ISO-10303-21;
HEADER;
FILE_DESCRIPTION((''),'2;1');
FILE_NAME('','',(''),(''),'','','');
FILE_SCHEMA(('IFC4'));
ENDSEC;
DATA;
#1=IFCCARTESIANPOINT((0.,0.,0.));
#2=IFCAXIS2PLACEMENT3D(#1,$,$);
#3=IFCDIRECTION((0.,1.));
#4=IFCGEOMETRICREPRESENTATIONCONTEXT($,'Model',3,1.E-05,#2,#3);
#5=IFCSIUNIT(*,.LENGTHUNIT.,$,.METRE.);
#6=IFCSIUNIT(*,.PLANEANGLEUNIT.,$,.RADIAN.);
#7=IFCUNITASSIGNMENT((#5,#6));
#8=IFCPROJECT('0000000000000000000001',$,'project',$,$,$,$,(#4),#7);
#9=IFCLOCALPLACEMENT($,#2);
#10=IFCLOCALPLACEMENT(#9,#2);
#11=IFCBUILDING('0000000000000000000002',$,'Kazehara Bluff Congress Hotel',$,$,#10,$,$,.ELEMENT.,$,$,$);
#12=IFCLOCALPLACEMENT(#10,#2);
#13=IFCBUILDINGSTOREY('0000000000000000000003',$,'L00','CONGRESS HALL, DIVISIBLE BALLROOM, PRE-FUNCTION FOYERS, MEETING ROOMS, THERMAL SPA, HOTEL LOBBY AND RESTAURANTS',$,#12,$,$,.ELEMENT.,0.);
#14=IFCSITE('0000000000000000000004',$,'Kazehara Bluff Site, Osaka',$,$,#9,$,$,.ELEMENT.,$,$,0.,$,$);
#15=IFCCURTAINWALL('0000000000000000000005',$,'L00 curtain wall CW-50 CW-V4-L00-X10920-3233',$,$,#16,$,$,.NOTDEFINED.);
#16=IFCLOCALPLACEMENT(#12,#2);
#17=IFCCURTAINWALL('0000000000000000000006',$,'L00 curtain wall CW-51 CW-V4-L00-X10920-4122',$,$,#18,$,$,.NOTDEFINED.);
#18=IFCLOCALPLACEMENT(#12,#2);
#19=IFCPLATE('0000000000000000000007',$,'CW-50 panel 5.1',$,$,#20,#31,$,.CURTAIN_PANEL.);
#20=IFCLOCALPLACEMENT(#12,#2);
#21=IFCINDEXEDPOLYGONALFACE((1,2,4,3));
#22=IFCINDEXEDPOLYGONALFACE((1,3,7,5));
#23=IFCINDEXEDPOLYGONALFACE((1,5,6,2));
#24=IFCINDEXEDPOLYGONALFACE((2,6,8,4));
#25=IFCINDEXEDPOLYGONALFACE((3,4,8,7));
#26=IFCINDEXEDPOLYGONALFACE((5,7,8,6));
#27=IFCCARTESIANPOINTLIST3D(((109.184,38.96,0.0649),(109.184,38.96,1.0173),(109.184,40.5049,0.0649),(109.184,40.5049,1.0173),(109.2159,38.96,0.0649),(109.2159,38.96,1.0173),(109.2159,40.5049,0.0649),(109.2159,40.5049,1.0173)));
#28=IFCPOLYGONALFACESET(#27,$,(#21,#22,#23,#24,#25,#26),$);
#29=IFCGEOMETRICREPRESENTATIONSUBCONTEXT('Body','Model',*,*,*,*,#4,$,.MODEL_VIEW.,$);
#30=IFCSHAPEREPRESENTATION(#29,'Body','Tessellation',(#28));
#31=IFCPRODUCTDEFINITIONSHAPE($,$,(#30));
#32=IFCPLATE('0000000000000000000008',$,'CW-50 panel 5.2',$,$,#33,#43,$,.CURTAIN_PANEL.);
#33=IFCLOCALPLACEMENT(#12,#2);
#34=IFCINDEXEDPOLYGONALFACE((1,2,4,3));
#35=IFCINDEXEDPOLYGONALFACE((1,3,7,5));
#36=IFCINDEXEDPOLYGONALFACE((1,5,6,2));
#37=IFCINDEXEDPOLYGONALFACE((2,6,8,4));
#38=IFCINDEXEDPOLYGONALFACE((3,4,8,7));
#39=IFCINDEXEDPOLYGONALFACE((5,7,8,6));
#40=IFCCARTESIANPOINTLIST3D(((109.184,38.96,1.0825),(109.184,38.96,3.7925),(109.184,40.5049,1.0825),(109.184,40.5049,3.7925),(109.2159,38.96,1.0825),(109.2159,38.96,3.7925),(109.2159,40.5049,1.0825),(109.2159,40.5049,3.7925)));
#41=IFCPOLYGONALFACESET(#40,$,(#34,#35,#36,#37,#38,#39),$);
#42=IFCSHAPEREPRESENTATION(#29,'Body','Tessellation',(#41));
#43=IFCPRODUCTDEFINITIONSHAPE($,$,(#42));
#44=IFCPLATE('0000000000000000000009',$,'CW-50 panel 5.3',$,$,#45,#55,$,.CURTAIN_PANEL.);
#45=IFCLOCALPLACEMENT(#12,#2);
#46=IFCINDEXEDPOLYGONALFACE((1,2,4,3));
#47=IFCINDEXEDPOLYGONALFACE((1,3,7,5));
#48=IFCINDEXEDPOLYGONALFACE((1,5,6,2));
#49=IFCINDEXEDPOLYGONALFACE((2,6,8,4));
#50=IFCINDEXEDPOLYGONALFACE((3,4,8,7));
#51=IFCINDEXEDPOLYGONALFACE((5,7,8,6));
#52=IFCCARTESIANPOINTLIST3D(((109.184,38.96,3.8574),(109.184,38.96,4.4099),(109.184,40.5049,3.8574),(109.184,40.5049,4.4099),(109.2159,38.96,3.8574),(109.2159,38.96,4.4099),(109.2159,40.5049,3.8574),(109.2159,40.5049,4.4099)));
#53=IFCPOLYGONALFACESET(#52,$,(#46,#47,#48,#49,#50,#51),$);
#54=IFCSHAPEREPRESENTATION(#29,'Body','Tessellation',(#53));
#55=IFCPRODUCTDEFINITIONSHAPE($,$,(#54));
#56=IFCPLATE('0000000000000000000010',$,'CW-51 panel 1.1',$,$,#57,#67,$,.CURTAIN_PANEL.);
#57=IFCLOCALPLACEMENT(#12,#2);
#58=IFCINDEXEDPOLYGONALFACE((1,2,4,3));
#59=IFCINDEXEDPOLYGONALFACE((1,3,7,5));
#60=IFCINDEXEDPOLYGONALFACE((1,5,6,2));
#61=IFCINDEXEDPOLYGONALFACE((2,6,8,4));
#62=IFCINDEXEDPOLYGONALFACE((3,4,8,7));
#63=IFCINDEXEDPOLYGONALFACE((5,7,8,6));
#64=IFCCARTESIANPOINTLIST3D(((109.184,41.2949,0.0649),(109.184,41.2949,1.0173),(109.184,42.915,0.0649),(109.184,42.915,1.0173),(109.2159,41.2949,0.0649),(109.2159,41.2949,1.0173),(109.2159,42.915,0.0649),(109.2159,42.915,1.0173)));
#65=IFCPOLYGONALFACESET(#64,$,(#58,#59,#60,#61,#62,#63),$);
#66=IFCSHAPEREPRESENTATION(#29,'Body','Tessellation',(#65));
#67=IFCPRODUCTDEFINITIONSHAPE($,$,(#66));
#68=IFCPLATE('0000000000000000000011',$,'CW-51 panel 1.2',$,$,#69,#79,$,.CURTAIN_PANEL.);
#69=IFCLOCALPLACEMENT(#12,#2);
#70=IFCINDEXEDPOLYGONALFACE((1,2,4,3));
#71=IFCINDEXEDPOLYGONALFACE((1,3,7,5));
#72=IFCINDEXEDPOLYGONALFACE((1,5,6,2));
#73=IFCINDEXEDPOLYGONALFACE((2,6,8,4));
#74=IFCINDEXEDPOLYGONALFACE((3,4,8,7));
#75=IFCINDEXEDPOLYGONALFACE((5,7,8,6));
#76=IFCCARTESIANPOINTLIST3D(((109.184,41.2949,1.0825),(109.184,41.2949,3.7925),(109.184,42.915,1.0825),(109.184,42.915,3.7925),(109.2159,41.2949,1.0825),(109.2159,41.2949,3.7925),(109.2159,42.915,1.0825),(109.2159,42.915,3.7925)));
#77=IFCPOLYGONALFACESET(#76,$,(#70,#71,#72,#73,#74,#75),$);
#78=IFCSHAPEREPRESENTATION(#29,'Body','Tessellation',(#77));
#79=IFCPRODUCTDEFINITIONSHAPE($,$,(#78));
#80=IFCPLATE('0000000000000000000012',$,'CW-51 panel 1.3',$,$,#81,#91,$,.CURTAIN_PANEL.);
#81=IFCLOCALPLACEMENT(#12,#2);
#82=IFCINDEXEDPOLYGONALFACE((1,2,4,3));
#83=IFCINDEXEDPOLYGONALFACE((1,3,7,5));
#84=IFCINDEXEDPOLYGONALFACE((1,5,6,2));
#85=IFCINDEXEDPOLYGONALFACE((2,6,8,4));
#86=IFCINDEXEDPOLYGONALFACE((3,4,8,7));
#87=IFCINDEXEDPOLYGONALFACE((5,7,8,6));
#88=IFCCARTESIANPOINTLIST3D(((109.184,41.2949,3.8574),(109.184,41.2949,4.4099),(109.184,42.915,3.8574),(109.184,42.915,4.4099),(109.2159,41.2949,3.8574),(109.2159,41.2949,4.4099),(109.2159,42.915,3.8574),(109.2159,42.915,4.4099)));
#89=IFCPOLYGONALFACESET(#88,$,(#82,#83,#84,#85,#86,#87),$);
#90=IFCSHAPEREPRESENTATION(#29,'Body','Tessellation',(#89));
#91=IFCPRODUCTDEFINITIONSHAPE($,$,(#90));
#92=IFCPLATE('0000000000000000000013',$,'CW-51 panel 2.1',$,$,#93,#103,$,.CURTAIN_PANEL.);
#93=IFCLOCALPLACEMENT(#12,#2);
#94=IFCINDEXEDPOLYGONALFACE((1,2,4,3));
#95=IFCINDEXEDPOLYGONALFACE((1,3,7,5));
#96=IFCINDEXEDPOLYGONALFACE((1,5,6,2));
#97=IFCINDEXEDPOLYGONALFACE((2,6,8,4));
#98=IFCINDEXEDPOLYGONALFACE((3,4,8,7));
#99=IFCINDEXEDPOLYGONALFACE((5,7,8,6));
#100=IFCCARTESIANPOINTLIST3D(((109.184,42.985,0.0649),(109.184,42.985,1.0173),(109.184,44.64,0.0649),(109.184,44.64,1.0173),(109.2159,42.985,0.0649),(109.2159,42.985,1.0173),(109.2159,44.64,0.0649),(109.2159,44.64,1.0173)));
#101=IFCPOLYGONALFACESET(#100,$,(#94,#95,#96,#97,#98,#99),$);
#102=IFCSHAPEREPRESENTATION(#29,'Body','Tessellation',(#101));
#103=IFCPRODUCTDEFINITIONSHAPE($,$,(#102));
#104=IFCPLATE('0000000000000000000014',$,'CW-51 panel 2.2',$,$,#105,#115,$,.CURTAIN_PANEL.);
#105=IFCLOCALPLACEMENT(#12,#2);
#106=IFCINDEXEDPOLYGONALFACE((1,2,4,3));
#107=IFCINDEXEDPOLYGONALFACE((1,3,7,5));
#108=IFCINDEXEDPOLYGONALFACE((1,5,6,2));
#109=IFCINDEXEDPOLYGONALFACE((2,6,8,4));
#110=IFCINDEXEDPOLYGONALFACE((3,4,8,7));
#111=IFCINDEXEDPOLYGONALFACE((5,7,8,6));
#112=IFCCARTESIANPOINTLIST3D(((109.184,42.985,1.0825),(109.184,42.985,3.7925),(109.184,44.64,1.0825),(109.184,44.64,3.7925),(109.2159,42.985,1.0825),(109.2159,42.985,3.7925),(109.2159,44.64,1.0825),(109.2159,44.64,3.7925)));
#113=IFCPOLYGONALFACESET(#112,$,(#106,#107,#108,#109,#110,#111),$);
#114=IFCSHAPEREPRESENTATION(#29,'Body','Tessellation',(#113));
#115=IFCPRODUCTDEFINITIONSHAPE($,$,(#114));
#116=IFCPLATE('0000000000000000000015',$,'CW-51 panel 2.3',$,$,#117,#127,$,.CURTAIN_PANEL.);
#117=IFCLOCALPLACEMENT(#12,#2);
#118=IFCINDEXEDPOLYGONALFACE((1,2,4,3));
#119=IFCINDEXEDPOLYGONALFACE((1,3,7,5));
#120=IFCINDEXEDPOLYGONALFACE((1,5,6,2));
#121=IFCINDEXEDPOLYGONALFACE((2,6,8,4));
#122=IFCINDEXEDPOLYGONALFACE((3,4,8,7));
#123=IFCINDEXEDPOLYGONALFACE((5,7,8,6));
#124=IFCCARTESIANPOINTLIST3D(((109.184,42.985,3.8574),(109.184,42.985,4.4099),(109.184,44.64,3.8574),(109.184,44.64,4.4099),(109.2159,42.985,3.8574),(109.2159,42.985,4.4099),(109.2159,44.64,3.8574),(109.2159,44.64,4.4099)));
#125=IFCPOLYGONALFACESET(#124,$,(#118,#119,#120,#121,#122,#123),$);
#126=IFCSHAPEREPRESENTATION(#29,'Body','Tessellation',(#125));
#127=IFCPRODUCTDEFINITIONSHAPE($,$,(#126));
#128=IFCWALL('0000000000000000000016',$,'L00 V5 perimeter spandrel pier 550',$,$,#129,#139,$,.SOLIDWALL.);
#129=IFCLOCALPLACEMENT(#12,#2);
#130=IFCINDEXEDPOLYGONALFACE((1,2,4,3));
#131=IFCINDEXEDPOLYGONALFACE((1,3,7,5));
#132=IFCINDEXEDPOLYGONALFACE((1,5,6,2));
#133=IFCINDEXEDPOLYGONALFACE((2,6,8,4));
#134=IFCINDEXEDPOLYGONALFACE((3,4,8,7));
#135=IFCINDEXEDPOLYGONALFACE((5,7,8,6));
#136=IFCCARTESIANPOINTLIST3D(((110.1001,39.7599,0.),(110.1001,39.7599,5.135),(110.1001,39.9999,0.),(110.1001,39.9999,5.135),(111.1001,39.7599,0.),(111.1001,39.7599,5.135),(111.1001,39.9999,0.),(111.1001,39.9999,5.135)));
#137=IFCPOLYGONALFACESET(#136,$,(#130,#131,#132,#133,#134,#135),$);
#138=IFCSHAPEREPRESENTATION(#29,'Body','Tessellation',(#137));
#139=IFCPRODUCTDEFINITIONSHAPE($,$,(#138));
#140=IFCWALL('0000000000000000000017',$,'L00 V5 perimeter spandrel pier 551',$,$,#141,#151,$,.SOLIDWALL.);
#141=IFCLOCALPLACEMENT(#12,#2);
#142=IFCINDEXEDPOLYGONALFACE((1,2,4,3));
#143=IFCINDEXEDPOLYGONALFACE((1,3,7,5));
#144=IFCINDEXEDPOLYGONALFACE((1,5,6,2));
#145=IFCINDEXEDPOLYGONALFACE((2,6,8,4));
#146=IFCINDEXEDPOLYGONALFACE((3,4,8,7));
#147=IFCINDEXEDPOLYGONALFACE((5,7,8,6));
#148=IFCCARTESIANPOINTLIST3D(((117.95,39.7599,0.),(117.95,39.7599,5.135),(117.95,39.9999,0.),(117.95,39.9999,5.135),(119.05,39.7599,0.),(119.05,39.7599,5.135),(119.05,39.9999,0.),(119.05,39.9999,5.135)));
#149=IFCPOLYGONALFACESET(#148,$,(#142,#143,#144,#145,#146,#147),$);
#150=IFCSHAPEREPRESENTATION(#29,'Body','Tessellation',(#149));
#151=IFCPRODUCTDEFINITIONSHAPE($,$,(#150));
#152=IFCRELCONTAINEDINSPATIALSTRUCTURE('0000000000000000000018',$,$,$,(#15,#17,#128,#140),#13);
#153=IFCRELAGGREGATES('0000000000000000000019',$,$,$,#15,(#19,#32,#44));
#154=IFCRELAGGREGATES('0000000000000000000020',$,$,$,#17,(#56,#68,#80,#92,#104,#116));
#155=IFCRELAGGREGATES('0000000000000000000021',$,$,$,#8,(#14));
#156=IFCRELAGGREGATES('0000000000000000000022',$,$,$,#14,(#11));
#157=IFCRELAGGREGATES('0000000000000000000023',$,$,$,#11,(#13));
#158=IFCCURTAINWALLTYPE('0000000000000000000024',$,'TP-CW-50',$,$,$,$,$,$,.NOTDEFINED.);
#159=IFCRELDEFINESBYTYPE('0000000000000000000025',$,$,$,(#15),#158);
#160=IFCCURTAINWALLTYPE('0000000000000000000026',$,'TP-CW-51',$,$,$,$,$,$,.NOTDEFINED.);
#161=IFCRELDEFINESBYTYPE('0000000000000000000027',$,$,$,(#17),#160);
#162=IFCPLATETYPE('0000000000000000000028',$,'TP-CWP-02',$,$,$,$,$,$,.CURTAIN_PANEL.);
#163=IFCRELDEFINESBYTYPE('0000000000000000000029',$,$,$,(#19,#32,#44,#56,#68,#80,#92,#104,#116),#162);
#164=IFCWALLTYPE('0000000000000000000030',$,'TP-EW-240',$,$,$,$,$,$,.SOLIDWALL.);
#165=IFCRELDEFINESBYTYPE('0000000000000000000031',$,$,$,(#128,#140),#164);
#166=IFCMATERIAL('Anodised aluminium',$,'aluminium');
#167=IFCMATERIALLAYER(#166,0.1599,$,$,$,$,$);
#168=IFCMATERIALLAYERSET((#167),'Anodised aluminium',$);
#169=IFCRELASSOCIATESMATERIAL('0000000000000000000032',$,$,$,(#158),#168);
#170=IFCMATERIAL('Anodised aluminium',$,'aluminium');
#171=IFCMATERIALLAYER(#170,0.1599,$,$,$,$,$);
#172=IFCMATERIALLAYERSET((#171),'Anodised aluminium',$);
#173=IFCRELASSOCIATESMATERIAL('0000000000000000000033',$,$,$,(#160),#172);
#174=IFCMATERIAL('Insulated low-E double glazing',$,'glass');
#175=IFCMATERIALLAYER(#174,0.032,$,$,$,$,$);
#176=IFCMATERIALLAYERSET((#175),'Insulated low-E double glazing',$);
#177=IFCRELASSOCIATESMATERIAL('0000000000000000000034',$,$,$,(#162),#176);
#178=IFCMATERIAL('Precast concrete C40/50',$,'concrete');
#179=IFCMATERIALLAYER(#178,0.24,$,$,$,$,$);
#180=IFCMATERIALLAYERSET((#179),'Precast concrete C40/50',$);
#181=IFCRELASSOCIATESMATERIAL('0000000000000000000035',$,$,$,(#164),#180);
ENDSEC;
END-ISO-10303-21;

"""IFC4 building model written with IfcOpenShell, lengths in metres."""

from ifc_helpers import new_model, si_unit, direction, frame, frame_2d, origin, origin_2d, place, context, subcontext, project, spatial, rectangle, extrude, material, layer, layer_set, type_object, element, aggregate, save


model = new_model("IFC4")

# Units and contexts
model_context = context("Model", 3, precision=1e-05, world=origin(), true_north=direction((0.0, 1.0)))
body_context = subcontext(model_context, "Body", "Model", "MODEL_VIEW")
ifc_project = project(units=[si_unit("LENGTHUNIT", "METRE"), si_unit("PLANEANGLEUNIT", "RADIAN")], contexts=[model_context])

# Site, building, storey
site_placement = place(None, origin())
site = spatial("IfcSite", under=ifc_project, at=site_placement, Name="Kazehara Bluff Site, Osaka", CompositionType="ELEMENT", RefElevation=0.0)
building_placement = place(site_placement, origin())
building = spatial("IfcBuilding", under=site, at=building_placement, Name="Kazehara Bluff Congress Hotel", CompositionType="ELEMENT")
storey_placement = place(building_placement, origin())
storey = spatial("IfcBuildingStorey", under=building, at=storey_placement, Name="L00", Description="CONGRESS HALL, DIVISIBLE BALLROOM, PRE-FUNCTION FOYERS, MEETING ROOMS, THERMAL SPA, HOTEL LOBBY AND RESTAURANTS", CompositionType="ELEMENT", Elevation=0.0)

# Curtain wall
ifc_material_1 = material(Name="Anodised aluminium", Category="aluminium")
ifc_layer_1 = layer(ifc_material_1, 0.1599)
ifc_layer_set_1 = layer_set([ifc_layer_1], Name="Anodised aluminium")
curtain_wall_type_1 = type_object("IfcCurtainWallType", Name="TP-CW-50", PredefinedType="NOTDEFINED", material=ifc_layer_set_1)
curtain_wall_1_placement = place(storey_placement, origin())
curtain_wall_1 = element("IfcCurtainWall", 1, at=curtain_wall_1_placement, inside=storey, type_object=curtain_wall_type_1, Name="L00 curtain wall CW-50 CW-V4-L00-X10920-3233", PredefinedType="NOTDEFINED")

# Curtain wall
ifc_material_2 = material(Name="Anodised aluminium", Category="aluminium")
ifc_layer_2 = layer(ifc_material_2, 0.1599)
ifc_layer_set_2 = layer_set([ifc_layer_2], Name="Anodised aluminium")
curtain_wall_type_2 = type_object("IfcCurtainWallType", Name="TP-CW-51", PredefinedType="NOTDEFINED", material=ifc_layer_set_2)
curtain_wall_2_placement = place(storey_placement, origin())
curtain_wall_2 = element("IfcCurtainWall", 2, at=curtain_wall_2_placement, inside=storey, type_object=curtain_wall_type_2, Name="L00 curtain wall CW-51 CW-V4-L00-X10920-4122", PredefinedType="NOTDEFINED")

# Plates
ifc_material_3 = material(Name="Insulated low-E double glazing", Category="glass")
ifc_layer_3 = layer(ifc_material_3, 0.032)
ifc_layer_set_3 = layer_set([ifc_layer_3], Name="Insulated low-E double glazing")
plate_type = type_object("IfcPlateType", Name="TP-CWP-02", PredefinedType="CURTAIN_PANEL", material=ifc_layer_set_3)
plate_1_placement = place(storey_placement, frame((109.2, 39.7324, 0.0649), z_axis=(0.0, 0.0, 1.0), x_axis=(0.0, 1.0, 0.0)))
plate_1 = element("IfcPlate", 3, at=plate_1_placement, type_object=plate_type, Name="CW-50 panel 5.1", PredefinedType="CURTAIN_PANEL", context=body_context, shape_type="SweptSolid", body=[
    extrude(rectangle(XDim=1.5449, YDim=0.032, at=origin_2d()), origin(), (0.0, 0.0, 1.0), 0.9524),
])
plate_2_placement = place(storey_placement, frame((109.2, 39.7324, 1.0825), z_axis=(0.0, 0.0, 1.0), x_axis=(0.0, 1.0, 0.0)))
plate_2 = element("IfcPlate", 4, at=plate_2_placement, type_object=plate_type, Name="CW-50 panel 5.2", PredefinedType="CURTAIN_PANEL", context=body_context, shape_type="SweptSolid", body=[
    extrude(rectangle(XDim=1.5449, YDim=0.032, at=origin_2d()), origin(), (0.0, 0.0, 1.0), 2.71),
])
plate_3_placement = place(storey_placement, frame((109.2, 39.7324, 3.8574), z_axis=(0.0, 0.0, 1.0), x_axis=(0.0, 1.0, 0.0)))
plate_3 = element("IfcPlate", 5, at=plate_3_placement, type_object=plate_type, Name="CW-50 panel 5.3", PredefinedType="CURTAIN_PANEL", context=body_context, shape_type="SweptSolid", body=[
    extrude(rectangle(XDim=1.5449, YDim=0.032, at=origin_2d()), origin(), (0.0, 0.0, 1.0), 0.5525),
])
aggregate(curtain_wall_1, [plate_1, plate_2, plate_3])
plate_4_placement = place(storey_placement, frame((109.2, 42.105, 0.0649), z_axis=(0.0, 0.0, 1.0), x_axis=(0.0, 1.0, 0.0)))
plate_4 = element("IfcPlate", 6, at=plate_4_placement, type_object=plate_type, Name="CW-51 panel 1.1", PredefinedType="CURTAIN_PANEL", context=body_context, shape_type="SweptSolid", body=[
    extrude(rectangle(XDim=1.6201, YDim=0.032, at=origin_2d()), origin(), (0.0, 0.0, 1.0), 0.9524),
])
plate_5_placement = place(storey_placement, frame((109.2, 42.105, 1.0825), z_axis=(0.0, 0.0, 1.0), x_axis=(0.0, 1.0, 0.0)))
plate_5 = element("IfcPlate", 7, at=plate_5_placement, type_object=plate_type, Name="CW-51 panel 1.2", PredefinedType="CURTAIN_PANEL", context=body_context, shape_type="SweptSolid", body=[
    extrude(rectangle(XDim=1.6201, YDim=0.032, at=origin_2d()), origin(), (0.0, 0.0, 1.0), 2.71),
])
plate_6_placement = place(storey_placement, frame((109.2, 42.105, 3.8574), z_axis=(0.0, 0.0, 1.0), x_axis=(0.0, 1.0, 0.0)))
plate_6 = element("IfcPlate", 8, at=plate_6_placement, type_object=plate_type, Name="CW-51 panel 1.3", PredefinedType="CURTAIN_PANEL", context=body_context, shape_type="SweptSolid", body=[
    extrude(rectangle(XDim=1.6201, YDim=0.032, at=origin_2d()), origin(), (0.0, 0.0, 1.0), 0.5525),
])
plate_7_placement = place(storey_placement, frame((109.2, 43.8125, 0.0649), z_axis=(0.0, 0.0, 1.0), x_axis=(0.0, 1.0, 0.0)))
plate_7 = element("IfcPlate", 9, at=plate_7_placement, type_object=plate_type, Name="CW-51 panel 2.1", PredefinedType="CURTAIN_PANEL", context=body_context, shape_type="SweptSolid", body=[
    extrude(rectangle(XDim=1.655, YDim=0.032, at=origin_2d()), origin(), (0.0, 0.0, 1.0), 0.9524),
])
plate_8_placement = place(storey_placement, frame((109.2, 43.8125, 1.0825), z_axis=(0.0, 0.0, 1.0), x_axis=(0.0, 1.0, 0.0)))
plate_8 = element("IfcPlate", 10, at=plate_8_placement, type_object=plate_type, Name="CW-51 panel 2.2", PredefinedType="CURTAIN_PANEL", context=body_context, shape_type="SweptSolid", body=[
    extrude(rectangle(XDim=1.655, YDim=0.032, at=origin_2d()), origin(), (0.0, 0.0, 1.0), 2.71),
])
plate_9_placement = place(storey_placement, frame((109.2, 43.8125, 3.8574), z_axis=(0.0, 0.0, 1.0), x_axis=(0.0, 1.0, 0.0)))
plate_9 = element("IfcPlate", 11, at=plate_9_placement, type_object=plate_type, Name="CW-51 panel 2.3", PredefinedType="CURTAIN_PANEL", context=body_context, shape_type="SweptSolid", body=[
    extrude(rectangle(XDim=1.655, YDim=0.032, at=origin_2d()), origin(), (0.0, 0.0, 1.0), 0.5525),
])
aggregate(curtain_wall_2, [plate_4, plate_5, plate_6, plate_7, plate_8, plate_9])

# Walls
ifc_material_4 = material(Name="Precast concrete C40/50", Category="concrete")
ifc_layer_4 = layer(ifc_material_4, 0.24)
ifc_layer_set_4 = layer_set([ifc_layer_4], Name="Precast concrete C40/50")
wall_type = type_object("IfcWallType", Name="TP-EW-240", PredefinedType="SOLIDWALL", material=ifc_layer_set_4)
wall_1_placement = place(storey_placement, frame((110.1001, 39.8799, 0.0), z_axis=(0.0, 0.0, 1.0), x_axis=(1.0, 0.0, 0.0)))
element("IfcWall", 12, at=wall_1_placement, inside=storey, type_object=wall_type, Name="L00 V5 perimeter spandrel pier 550", PredefinedType="SOLIDWALL", context=body_context, shape_type="SweptSolid", body=[
    extrude(rectangle(XDim=1.0, YDim=0.24, at=frame_2d((0.5, 0.0))), origin(), (0.0, 0.0, 1.0), 5.135),
])
wall_2_placement = place(storey_placement, frame((117.95, 39.8799, 0.0), z_axis=(0.0, 0.0, 1.0), x_axis=(1.0, 0.0, 0.0)))
element("IfcWall", 13, at=wall_2_placement, inside=storey, type_object=wall_type, Name="L00 V5 perimeter spandrel pier 551", PredefinedType="SOLIDWALL", context=body_context, shape_type="SweptSolid", body=[
    extrude(rectangle(XDim=1.1001, YDim=0.24, at=frame_2d((0.55, 0.0))), origin(), (0.0, 0.0, 1.0), 5.135),
])

save(model, "model.ifc")
